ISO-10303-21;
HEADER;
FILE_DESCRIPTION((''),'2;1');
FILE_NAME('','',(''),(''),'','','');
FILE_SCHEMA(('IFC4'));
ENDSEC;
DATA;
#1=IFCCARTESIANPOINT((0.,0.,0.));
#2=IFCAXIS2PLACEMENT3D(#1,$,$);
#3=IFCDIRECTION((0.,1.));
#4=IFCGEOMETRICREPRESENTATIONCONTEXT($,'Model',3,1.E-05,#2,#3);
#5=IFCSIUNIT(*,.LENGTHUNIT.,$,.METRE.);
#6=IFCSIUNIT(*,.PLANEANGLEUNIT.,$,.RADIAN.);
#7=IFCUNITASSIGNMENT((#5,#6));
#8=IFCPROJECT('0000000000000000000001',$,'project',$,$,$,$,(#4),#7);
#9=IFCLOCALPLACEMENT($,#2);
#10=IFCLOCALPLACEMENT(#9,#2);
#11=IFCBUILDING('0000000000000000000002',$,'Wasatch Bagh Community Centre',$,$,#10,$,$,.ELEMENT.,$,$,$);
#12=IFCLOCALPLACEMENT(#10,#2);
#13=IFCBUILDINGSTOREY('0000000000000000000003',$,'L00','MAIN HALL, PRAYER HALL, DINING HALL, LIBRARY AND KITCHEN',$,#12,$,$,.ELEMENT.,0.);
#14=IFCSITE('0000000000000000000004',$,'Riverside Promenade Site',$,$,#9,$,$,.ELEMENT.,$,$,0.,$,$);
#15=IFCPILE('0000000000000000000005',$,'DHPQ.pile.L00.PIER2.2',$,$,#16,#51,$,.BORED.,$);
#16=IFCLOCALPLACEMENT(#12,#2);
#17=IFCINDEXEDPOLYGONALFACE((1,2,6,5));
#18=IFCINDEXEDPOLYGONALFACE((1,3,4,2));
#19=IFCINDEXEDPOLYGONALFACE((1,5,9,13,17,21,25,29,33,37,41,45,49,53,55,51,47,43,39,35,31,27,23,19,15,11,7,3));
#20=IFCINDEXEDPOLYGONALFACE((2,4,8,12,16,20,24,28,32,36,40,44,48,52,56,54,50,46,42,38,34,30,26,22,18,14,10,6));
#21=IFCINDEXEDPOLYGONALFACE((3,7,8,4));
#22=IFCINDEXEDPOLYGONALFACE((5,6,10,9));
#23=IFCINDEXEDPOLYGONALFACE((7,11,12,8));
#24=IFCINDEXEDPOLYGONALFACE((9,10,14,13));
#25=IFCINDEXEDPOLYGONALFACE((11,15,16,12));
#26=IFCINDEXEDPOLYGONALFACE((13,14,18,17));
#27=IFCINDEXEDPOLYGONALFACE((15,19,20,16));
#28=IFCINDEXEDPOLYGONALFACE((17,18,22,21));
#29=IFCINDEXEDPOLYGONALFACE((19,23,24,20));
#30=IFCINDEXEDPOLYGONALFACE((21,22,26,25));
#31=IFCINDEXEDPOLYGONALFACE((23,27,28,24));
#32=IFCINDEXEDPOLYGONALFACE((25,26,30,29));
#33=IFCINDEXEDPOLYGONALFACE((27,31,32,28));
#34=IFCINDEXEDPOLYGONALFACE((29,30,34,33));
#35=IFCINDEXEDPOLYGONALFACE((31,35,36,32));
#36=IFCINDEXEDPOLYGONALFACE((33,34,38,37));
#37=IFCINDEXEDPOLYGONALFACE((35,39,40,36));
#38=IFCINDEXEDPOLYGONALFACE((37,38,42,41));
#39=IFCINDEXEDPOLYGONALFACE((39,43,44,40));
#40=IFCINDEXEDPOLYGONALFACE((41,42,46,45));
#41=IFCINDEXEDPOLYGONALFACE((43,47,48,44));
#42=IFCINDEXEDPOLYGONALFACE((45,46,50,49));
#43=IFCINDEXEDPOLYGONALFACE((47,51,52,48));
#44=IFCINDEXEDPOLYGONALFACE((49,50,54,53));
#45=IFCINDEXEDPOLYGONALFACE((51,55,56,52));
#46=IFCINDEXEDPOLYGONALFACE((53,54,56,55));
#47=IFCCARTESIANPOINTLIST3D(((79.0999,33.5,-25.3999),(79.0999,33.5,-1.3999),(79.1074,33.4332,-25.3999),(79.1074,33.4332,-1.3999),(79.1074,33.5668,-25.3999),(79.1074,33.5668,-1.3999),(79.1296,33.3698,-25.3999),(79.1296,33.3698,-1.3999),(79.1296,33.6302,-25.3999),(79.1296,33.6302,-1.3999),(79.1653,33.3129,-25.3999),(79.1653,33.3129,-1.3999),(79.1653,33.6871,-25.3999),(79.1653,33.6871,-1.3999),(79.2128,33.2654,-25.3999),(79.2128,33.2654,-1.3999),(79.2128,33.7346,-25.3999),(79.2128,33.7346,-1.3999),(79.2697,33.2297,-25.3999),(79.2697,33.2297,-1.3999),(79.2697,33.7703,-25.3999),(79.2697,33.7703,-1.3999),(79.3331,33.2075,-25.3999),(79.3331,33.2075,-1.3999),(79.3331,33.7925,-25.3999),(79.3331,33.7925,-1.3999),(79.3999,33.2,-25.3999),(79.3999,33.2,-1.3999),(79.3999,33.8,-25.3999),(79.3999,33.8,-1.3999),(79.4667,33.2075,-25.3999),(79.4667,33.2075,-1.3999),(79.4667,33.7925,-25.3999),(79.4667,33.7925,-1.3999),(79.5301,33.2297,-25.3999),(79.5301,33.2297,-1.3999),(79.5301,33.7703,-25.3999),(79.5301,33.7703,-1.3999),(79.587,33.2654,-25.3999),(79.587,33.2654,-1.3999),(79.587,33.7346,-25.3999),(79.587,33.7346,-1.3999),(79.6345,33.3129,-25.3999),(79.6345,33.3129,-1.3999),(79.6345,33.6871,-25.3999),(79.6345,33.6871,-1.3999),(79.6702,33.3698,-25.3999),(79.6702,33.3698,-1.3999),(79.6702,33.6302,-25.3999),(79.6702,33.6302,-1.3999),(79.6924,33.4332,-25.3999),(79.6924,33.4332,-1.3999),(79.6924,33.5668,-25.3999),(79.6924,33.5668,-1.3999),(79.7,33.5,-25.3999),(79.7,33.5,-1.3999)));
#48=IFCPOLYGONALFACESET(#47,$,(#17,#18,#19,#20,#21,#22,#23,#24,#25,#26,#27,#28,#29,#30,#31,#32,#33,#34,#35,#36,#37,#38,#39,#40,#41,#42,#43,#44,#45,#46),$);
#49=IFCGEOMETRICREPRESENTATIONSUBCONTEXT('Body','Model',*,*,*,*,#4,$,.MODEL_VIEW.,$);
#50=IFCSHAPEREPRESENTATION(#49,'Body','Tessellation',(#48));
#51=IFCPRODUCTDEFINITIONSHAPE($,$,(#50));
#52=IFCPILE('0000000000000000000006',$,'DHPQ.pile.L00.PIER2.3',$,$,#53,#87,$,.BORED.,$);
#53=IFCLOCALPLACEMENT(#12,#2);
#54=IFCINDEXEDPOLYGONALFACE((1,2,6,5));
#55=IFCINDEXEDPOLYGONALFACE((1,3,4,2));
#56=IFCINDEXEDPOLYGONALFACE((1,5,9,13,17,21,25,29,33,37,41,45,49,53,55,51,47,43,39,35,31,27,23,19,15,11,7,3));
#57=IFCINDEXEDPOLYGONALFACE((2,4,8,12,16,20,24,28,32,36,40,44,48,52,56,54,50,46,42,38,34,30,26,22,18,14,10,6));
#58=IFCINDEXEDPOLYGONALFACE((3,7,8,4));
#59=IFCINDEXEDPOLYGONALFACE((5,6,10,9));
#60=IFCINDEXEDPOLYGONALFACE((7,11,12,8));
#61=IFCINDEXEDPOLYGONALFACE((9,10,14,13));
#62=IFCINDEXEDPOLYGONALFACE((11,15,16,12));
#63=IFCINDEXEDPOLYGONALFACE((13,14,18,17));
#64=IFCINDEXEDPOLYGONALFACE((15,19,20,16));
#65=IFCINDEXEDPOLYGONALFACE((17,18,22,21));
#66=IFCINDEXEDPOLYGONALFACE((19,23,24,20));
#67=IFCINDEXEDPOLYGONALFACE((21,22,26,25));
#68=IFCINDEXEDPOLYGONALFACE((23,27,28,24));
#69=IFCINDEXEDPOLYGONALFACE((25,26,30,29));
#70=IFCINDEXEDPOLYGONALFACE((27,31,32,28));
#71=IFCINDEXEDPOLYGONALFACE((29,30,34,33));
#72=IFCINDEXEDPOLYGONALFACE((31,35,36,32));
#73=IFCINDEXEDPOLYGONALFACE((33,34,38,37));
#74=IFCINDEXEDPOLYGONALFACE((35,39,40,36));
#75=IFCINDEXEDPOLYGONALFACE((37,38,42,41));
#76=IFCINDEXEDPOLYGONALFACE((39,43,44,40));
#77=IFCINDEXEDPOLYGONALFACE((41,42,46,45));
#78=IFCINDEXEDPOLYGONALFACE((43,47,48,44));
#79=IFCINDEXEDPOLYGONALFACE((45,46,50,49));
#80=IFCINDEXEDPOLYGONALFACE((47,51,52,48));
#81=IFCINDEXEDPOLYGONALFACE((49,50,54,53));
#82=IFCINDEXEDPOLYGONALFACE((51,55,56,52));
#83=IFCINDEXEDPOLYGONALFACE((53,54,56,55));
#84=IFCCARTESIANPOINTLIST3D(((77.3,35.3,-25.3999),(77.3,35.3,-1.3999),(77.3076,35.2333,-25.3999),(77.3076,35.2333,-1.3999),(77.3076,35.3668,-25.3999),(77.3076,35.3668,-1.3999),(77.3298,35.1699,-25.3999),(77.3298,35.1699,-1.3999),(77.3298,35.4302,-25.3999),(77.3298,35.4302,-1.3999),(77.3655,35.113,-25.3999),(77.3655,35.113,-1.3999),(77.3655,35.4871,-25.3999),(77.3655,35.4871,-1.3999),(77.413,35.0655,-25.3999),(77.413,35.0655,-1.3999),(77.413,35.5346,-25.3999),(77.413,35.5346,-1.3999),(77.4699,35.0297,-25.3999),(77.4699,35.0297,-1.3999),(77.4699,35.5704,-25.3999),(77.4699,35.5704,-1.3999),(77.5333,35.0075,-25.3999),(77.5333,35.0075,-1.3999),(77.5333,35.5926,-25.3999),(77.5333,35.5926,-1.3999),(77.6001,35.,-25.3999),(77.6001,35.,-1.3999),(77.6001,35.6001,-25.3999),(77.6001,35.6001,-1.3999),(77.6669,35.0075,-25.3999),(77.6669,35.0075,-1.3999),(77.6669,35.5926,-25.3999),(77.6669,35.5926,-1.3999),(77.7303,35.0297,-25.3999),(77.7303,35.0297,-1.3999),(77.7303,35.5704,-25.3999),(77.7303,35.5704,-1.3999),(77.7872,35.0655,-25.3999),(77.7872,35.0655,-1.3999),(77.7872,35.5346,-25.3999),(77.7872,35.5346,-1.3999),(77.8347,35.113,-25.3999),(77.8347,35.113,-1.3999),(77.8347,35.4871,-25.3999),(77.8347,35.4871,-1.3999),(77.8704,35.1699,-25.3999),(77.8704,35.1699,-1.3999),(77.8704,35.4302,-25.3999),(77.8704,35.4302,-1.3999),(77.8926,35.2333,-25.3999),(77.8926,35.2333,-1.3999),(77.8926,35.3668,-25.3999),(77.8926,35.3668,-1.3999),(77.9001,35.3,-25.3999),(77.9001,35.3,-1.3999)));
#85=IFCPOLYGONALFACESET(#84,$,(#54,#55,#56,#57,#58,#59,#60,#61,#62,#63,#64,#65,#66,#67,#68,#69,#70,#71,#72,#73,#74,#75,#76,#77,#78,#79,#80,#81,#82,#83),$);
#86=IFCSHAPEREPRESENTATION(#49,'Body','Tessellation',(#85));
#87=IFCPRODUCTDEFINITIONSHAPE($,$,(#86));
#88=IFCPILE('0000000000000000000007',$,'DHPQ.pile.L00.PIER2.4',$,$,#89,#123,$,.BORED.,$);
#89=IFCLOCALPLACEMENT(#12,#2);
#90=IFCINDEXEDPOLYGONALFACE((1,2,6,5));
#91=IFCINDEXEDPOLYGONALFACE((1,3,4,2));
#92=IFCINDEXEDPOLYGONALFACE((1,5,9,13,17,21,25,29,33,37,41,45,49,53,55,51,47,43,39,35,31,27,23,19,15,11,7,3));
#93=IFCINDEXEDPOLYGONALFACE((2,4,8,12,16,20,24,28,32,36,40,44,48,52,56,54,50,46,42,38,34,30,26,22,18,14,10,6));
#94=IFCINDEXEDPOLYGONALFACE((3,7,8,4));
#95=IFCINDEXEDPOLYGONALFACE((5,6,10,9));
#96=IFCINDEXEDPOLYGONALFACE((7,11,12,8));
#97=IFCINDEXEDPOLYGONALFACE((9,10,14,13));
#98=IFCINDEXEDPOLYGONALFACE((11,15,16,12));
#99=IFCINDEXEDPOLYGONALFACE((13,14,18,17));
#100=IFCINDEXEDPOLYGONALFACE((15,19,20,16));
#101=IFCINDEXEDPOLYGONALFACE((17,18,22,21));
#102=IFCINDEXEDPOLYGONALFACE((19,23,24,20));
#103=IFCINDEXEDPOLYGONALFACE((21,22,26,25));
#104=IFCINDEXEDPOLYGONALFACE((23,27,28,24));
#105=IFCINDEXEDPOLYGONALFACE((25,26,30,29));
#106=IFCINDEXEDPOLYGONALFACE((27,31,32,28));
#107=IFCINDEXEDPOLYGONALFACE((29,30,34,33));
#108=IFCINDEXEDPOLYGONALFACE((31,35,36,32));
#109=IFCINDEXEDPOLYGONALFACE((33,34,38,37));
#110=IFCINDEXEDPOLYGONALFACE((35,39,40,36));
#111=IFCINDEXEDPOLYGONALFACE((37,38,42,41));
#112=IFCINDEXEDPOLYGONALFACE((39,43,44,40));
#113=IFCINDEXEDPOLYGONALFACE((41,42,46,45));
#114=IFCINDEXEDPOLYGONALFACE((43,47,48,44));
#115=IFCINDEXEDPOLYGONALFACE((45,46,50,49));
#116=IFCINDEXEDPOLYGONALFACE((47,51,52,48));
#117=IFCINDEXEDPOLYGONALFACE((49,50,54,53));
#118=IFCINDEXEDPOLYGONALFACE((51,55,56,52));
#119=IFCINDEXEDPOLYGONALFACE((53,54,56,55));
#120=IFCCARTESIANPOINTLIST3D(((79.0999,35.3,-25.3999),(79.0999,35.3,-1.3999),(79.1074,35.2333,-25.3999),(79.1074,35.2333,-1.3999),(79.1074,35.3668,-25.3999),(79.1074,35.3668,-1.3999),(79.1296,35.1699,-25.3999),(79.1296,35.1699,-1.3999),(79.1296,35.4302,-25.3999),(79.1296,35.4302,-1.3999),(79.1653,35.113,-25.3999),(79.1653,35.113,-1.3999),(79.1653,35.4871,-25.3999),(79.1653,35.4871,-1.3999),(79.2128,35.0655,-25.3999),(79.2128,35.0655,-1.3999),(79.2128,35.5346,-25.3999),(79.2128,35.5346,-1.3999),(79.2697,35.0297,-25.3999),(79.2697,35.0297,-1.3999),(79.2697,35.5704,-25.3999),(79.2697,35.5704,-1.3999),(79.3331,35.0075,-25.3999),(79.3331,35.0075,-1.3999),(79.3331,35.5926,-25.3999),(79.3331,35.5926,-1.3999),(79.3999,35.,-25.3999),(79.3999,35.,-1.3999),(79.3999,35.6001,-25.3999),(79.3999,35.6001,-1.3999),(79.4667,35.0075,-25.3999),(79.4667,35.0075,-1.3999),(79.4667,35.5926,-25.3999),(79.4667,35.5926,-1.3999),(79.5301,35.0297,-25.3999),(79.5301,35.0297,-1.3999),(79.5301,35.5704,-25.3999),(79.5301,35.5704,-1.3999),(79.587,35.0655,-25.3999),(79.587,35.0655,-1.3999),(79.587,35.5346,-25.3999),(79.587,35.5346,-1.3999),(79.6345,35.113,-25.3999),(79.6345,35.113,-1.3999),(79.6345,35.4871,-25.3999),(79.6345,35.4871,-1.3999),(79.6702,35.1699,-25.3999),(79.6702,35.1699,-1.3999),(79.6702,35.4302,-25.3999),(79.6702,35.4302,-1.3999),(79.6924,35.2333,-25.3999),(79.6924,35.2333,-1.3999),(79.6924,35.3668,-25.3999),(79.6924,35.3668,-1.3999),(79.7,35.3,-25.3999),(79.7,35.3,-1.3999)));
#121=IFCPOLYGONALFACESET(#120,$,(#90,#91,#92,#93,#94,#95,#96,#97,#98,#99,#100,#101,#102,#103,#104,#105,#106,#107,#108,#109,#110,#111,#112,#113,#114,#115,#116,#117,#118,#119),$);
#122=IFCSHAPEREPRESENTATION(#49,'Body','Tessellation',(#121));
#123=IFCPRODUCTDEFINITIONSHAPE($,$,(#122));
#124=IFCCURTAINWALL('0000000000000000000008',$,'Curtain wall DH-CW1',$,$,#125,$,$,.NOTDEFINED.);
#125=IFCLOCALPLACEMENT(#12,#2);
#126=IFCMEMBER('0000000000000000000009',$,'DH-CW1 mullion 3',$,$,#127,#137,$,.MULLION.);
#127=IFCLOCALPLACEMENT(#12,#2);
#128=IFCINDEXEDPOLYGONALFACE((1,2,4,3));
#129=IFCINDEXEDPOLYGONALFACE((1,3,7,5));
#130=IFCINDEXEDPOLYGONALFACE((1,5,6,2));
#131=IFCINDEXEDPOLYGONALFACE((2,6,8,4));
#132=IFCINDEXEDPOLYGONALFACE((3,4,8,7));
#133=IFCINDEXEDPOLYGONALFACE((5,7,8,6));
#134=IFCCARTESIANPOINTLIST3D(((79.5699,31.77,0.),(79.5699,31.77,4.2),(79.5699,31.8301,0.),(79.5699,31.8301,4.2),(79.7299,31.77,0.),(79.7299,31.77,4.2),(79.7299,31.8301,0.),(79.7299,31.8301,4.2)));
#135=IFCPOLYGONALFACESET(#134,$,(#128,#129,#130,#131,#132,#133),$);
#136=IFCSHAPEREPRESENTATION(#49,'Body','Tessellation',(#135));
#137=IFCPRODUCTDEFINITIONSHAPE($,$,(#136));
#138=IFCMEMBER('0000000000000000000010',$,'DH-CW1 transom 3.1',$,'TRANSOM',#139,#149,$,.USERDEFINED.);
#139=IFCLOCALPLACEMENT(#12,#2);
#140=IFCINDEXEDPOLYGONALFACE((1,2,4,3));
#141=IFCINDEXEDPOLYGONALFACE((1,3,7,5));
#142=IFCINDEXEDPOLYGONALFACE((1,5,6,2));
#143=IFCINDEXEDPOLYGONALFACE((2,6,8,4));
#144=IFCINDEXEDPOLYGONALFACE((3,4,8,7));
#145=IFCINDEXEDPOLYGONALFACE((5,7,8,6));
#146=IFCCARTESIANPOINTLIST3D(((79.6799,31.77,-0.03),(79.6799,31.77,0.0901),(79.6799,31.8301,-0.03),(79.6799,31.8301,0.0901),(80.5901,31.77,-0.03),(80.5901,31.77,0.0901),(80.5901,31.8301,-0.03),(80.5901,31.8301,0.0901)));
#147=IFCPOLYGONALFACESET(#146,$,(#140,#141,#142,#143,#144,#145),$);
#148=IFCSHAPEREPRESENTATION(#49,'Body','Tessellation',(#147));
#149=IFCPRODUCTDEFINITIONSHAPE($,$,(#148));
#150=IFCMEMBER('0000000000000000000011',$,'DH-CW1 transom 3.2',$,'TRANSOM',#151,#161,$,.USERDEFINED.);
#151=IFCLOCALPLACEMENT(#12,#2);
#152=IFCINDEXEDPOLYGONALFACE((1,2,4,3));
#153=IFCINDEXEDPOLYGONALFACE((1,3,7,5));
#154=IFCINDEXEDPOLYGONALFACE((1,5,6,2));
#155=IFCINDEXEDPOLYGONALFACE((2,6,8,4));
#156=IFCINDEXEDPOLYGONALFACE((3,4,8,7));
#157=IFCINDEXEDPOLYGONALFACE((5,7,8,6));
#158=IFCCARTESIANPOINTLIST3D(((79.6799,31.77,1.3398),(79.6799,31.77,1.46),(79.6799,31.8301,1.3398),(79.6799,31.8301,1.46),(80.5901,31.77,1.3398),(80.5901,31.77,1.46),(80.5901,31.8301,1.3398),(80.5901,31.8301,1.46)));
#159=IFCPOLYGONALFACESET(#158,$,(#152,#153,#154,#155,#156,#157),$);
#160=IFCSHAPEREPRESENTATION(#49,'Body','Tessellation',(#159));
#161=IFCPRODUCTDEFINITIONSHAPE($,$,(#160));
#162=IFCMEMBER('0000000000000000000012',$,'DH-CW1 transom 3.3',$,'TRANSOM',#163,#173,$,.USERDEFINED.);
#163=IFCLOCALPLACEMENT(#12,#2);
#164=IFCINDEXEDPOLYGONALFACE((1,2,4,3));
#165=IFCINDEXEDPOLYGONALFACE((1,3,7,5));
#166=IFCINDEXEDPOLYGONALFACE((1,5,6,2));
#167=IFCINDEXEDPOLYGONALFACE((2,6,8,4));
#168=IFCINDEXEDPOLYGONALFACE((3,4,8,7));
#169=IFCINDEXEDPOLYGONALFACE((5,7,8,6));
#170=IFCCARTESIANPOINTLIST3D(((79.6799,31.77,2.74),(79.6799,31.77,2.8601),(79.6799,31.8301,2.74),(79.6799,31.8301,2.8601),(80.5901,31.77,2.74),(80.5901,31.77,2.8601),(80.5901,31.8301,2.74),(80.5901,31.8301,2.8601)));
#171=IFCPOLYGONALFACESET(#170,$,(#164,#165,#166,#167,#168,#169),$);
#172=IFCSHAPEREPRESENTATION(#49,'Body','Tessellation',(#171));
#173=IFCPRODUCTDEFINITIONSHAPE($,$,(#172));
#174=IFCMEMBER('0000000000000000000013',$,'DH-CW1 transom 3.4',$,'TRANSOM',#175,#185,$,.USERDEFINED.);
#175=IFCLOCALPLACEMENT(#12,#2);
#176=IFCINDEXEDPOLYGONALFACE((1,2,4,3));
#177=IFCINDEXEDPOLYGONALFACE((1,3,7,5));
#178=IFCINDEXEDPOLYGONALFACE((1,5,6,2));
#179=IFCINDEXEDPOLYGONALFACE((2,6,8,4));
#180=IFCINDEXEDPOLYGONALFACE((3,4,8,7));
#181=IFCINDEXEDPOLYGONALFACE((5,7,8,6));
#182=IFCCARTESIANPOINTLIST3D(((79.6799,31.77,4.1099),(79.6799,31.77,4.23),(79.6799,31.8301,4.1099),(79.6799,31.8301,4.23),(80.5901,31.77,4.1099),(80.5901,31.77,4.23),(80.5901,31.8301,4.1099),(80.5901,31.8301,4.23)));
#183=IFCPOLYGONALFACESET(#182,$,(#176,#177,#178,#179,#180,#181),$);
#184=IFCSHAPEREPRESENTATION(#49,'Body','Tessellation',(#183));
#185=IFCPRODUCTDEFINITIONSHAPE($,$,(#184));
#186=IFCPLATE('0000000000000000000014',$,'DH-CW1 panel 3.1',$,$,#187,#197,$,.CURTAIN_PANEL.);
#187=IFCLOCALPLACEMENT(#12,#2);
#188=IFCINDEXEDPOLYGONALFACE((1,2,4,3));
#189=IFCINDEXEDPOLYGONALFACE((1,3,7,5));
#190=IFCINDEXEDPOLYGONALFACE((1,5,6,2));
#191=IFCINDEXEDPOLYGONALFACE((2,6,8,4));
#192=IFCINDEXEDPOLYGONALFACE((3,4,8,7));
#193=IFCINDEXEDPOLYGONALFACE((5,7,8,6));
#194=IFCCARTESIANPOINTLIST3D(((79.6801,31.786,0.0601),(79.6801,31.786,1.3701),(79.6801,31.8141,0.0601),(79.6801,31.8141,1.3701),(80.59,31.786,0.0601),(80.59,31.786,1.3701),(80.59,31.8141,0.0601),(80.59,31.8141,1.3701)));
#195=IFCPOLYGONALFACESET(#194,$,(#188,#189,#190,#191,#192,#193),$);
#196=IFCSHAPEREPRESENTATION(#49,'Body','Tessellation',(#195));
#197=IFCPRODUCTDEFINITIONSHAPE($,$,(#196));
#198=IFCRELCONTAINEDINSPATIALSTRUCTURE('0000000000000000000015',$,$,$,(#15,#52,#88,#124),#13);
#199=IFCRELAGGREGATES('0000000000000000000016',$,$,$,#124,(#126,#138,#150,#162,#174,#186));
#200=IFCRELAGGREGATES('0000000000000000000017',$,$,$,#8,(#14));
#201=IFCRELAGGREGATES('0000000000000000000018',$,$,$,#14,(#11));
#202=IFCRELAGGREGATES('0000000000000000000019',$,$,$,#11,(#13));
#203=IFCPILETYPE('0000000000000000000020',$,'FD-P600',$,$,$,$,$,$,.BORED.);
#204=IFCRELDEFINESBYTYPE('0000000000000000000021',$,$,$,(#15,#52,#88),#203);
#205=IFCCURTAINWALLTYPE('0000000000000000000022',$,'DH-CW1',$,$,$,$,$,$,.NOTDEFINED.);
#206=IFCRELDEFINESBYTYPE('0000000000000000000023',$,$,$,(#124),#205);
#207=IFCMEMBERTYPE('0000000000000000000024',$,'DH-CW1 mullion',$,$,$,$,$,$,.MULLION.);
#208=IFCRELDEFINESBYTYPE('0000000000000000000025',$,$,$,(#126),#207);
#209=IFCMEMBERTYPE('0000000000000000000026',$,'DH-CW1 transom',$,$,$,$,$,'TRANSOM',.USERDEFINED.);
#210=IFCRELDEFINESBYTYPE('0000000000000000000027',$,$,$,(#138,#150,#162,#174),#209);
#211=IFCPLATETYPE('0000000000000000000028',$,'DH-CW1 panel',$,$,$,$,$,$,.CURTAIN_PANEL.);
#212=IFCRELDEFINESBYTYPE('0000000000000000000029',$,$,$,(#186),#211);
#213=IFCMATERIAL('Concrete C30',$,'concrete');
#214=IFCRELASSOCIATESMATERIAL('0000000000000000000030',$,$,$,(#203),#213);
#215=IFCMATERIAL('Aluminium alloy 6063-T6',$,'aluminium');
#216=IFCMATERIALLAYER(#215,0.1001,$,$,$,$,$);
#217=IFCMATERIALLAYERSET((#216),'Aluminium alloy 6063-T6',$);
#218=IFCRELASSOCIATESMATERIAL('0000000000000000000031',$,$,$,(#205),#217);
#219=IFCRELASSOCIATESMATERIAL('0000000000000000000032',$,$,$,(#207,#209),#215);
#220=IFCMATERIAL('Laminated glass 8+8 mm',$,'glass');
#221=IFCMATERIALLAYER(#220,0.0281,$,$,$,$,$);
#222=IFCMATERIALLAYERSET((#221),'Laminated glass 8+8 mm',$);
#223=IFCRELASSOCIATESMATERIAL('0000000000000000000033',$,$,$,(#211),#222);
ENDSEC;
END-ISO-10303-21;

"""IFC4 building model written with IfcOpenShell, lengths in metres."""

from ifc_helpers import new_model, si_unit, direction, frame, origin, origin_2d, place, context, subcontext, project, spatial, rectangle, circle, extrude, material, layer, layer_set, material_profile, profile_set, type_object, element, aggregate, save


model = new_model("IFC4")

# Units and contexts
model_context = context("Model", 3, precision=1e-05, world=origin(), true_north=direction((0.0, 1.0)))
body_context = subcontext(model_context, "Body", "Model", "MODEL_VIEW")
ifc_project = project(units=[si_unit("LENGTHUNIT", "METRE"), si_unit("PLANEANGLEUNIT", "RADIAN")], contexts=[model_context])

# Site, building, storey
site_placement = place(None, origin())
site = spatial("IfcSite", under=ifc_project, at=site_placement, Name="Riverside Promenade Site", CompositionType="ELEMENT", RefElevation=0.0)
building_placement = place(site_placement, origin())
building = spatial("IfcBuilding", under=site, at=building_placement, Name="Wasatch Bagh Community Centre", CompositionType="ELEMENT")
storey_placement = place(building_placement, origin())
storey = spatial("IfcBuildingStorey", under=building, at=storey_placement, Name="L00", Description="MAIN HALL, PRAYER HALL, DINING HALL, LIBRARY AND KITCHEN", CompositionType="ELEMENT", Elevation=0.0)

# Shared definitions
ifc_material_1 = material(Name="Concrete C30", Category="concrete")

# Piles
ifc_material_profile_1 = material_profile(ifc_material_1, circle(Radius=0.3, at=origin_2d()), Name="RC D600")
ifc_profile_set_1 = profile_set([ifc_material_profile_1], Name="Concrete C30")
pile_type_1 = type_object("IfcPileType", Name="FD-P600", PredefinedType="BORED", material=ifc_profile_set_1)
for number, where, z_axis, x_axis, name in (
    (1, (79.3999, 33.5, -1.3999), (0.0, 0.0, -1.0), (1.0, 0.0, 0.0), "DHPQ.pile.L00.PIER2.2"),
    (2, (77.6001, 35.3, -1.3999), (0.0, 0.0, -1.0), (1.0, 0.0, 0.0), "DHPQ.pile.L00.PIER2.3"),
    (3, (79.3999, 35.3, -1.3999), (0.0, 0.0, -1.0), (1.0, 0.0, 0.0), "DHPQ.pile.L00.PIER2.4"),
):
    element("IfcPile", number, at=place(storey_placement, frame(where, z_axis=z_axis, x_axis=x_axis)), inside=storey, type_object=pile_type_1, Name=name, PredefinedType="BORED", context=body_context, shape_type="SweptSolid", body=[
        extrude(circle(Radius=0.3, at=origin_2d()), origin(), (0.0, 0.0, 1.0), 24.0),
    ])

# Curtain wall, members, plate
ifc_material_2 = material(Name="Aluminium alloy 6063-T6", Category="aluminium")
ifc_layer_1 = layer(ifc_material_2, 0.1001)
ifc_layer_set_1 = layer_set([ifc_layer_1], Name="Aluminium alloy 6063-T6")
curtain_wall_type = type_object("IfcCurtainWallType", Name="DH-CW1", PredefinedType="NOTDEFINED", material=ifc_layer_set_1)
curtain_wall_placement = place(storey_placement, origin())
curtain_wall = element("IfcCurtainWall", 4, at=curtain_wall_placement, inside=storey, type_object=curtain_wall_type, Name="Curtain wall DH-CW1", PredefinedType="NOTDEFINED")
ifc_material_profile_2 = material_profile(ifc_material_2, rectangle(XDim=0.0601, YDim=0.1599, at=origin_2d()), Name="AL 60x160")
ifc_profile_set_2 = profile_set([ifc_material_profile_2], Name="Aluminium alloy 6063-T6")
member_type_1 = type_object("IfcMemberType", Name="DH-CW1 mullion", PredefinedType="MULLION", material=ifc_profile_set_2)
member_1_placement = place(storey_placement, frame((79.6499, 31.8, 0.0), z_axis=(0.0, 0.0, 1.0), x_axis=(0.0, 1.0, 0.0)))
member_1 = element("IfcMember", 5, at=member_1_placement, type_object=member_type_1, Name="DH-CW1 mullion 3", PredefinedType="MULLION", context=body_context, shape_type="SweptSolid", body=[
    extrude(rectangle(XDim=0.0601, YDim=0.1599, at=origin_2d()), origin(), (0.0, 0.0, 1.0), 4.2),
])
ifc_material_profile_3 = material_profile(ifc_material_2, rectangle(XDim=0.0601, YDim=0.1201, at=origin_2d()), Name="AL 60x120")
ifc_profile_set_3 = profile_set([ifc_material_profile_3], Name="Aluminium alloy 6063-T6")
member_type_2 = type_object("IfcMemberType", Name="DH-CW1 transom", ElementType="TRANSOM", PredefinedType="USERDEFINED", material=ifc_profile_set_3)
member_2_placement = place(storey_placement, frame((79.6799, 31.8, 0.03), z_axis=(1.0, 0.0, 0.0), x_axis=(0.0, 1.0, 0.0)))
member_2 = element("IfcMember", 6, at=member_2_placement, type_object=member_type_2, Name="DH-CW1 transom 3.1", ObjectType="TRANSOM", PredefinedType="USERDEFINED", context=body_context, shape_type="SweptSolid", body=[
    extrude(rectangle(XDim=0.0601, YDim=0.1201, at=origin_2d()), origin(), (0.0, 0.0, 1.0), 0.9102),
])
member_3_placement = place(storey_placement, frame((79.6799, 31.8, 1.3999), z_axis=(1.0, 0.0, 0.0), x_axis=(0.0, 1.0, 0.0)))
member_3 = element("IfcMember", 7, at=member_3_placement, type_object=member_type_2, Name="DH-CW1 transom 3.2", ObjectType="TRANSOM", PredefinedType="USERDEFINED", context=body_context, shape_type="SweptSolid", body=[
    extrude(rectangle(XDim=0.0601, YDim=0.1201, at=origin_2d()), origin(), (0.0, 0.0, 1.0), 0.9102),
])
member_4_placement = place(storey_placement, frame((79.6799, 31.8, 2.8), z_axis=(1.0, 0.0, 0.0), x_axis=(0.0, 1.0, 0.0)))
member_4 = element("IfcMember", 8, at=member_4_placement, type_object=member_type_2, Name="DH-CW1 transom 3.3", ObjectType="TRANSOM", PredefinedType="USERDEFINED", context=body_context, shape_type="SweptSolid", body=[
    extrude(rectangle(XDim=0.0601, YDim=0.1201, at=origin_2d()), origin(), (0.0, 0.0, 1.0), 0.9102),
])
member_5_placement = place(storey_placement, frame((79.6799, 31.8, 4.1699), z_axis=(1.0, 0.0, 0.0), x_axis=(0.0, 1.0, 0.0)))
member_5 = element("IfcMember", 9, at=member_5_placement, type_object=member_type_2, Name="DH-CW1 transom 3.4", ObjectType="TRANSOM", PredefinedType="USERDEFINED", context=body_context, shape_type="SweptSolid", body=[
    extrude(rectangle(XDim=0.0601, YDim=0.1201, at=origin_2d()), origin(), (0.0, 0.0, 1.0), 0.9102),
])
ifc_material_3 = material(Name="Laminated glass 8+8 mm", Category="glass")
ifc_layer_2 = layer(ifc_material_3, 0.0281)
ifc_layer_set_2 = layer_set([ifc_layer_2], Name="Laminated glass 8+8 mm")
plate_type = type_object("IfcPlateType", Name="DH-CW1 panel", PredefinedType="CURTAIN_PANEL", material=ifc_layer_set_2)
plate_1_placement = place(storey_placement, frame((80.135, 31.8, 0.0601), z_axis=(0.0, 0.0, 1.0), x_axis=(1.0, 0.0, 0.0)))
plate_1 = element("IfcPlate", 10, at=plate_1_placement, type_object=plate_type, Name="DH-CW1 panel 3.1", PredefinedType="CURTAIN_PANEL", context=body_context, shape_type="SweptSolid", body=[
    extrude(rectangle(XDim=0.9099, YDim=0.0281, at=origin_2d()), origin(), (0.0, 0.0, 1.0), 1.3101),
])
aggregate(curtain_wall, [member_1, member_2, member_3, member_4, member_5, plate_1])

save(model, "model.ifc")
